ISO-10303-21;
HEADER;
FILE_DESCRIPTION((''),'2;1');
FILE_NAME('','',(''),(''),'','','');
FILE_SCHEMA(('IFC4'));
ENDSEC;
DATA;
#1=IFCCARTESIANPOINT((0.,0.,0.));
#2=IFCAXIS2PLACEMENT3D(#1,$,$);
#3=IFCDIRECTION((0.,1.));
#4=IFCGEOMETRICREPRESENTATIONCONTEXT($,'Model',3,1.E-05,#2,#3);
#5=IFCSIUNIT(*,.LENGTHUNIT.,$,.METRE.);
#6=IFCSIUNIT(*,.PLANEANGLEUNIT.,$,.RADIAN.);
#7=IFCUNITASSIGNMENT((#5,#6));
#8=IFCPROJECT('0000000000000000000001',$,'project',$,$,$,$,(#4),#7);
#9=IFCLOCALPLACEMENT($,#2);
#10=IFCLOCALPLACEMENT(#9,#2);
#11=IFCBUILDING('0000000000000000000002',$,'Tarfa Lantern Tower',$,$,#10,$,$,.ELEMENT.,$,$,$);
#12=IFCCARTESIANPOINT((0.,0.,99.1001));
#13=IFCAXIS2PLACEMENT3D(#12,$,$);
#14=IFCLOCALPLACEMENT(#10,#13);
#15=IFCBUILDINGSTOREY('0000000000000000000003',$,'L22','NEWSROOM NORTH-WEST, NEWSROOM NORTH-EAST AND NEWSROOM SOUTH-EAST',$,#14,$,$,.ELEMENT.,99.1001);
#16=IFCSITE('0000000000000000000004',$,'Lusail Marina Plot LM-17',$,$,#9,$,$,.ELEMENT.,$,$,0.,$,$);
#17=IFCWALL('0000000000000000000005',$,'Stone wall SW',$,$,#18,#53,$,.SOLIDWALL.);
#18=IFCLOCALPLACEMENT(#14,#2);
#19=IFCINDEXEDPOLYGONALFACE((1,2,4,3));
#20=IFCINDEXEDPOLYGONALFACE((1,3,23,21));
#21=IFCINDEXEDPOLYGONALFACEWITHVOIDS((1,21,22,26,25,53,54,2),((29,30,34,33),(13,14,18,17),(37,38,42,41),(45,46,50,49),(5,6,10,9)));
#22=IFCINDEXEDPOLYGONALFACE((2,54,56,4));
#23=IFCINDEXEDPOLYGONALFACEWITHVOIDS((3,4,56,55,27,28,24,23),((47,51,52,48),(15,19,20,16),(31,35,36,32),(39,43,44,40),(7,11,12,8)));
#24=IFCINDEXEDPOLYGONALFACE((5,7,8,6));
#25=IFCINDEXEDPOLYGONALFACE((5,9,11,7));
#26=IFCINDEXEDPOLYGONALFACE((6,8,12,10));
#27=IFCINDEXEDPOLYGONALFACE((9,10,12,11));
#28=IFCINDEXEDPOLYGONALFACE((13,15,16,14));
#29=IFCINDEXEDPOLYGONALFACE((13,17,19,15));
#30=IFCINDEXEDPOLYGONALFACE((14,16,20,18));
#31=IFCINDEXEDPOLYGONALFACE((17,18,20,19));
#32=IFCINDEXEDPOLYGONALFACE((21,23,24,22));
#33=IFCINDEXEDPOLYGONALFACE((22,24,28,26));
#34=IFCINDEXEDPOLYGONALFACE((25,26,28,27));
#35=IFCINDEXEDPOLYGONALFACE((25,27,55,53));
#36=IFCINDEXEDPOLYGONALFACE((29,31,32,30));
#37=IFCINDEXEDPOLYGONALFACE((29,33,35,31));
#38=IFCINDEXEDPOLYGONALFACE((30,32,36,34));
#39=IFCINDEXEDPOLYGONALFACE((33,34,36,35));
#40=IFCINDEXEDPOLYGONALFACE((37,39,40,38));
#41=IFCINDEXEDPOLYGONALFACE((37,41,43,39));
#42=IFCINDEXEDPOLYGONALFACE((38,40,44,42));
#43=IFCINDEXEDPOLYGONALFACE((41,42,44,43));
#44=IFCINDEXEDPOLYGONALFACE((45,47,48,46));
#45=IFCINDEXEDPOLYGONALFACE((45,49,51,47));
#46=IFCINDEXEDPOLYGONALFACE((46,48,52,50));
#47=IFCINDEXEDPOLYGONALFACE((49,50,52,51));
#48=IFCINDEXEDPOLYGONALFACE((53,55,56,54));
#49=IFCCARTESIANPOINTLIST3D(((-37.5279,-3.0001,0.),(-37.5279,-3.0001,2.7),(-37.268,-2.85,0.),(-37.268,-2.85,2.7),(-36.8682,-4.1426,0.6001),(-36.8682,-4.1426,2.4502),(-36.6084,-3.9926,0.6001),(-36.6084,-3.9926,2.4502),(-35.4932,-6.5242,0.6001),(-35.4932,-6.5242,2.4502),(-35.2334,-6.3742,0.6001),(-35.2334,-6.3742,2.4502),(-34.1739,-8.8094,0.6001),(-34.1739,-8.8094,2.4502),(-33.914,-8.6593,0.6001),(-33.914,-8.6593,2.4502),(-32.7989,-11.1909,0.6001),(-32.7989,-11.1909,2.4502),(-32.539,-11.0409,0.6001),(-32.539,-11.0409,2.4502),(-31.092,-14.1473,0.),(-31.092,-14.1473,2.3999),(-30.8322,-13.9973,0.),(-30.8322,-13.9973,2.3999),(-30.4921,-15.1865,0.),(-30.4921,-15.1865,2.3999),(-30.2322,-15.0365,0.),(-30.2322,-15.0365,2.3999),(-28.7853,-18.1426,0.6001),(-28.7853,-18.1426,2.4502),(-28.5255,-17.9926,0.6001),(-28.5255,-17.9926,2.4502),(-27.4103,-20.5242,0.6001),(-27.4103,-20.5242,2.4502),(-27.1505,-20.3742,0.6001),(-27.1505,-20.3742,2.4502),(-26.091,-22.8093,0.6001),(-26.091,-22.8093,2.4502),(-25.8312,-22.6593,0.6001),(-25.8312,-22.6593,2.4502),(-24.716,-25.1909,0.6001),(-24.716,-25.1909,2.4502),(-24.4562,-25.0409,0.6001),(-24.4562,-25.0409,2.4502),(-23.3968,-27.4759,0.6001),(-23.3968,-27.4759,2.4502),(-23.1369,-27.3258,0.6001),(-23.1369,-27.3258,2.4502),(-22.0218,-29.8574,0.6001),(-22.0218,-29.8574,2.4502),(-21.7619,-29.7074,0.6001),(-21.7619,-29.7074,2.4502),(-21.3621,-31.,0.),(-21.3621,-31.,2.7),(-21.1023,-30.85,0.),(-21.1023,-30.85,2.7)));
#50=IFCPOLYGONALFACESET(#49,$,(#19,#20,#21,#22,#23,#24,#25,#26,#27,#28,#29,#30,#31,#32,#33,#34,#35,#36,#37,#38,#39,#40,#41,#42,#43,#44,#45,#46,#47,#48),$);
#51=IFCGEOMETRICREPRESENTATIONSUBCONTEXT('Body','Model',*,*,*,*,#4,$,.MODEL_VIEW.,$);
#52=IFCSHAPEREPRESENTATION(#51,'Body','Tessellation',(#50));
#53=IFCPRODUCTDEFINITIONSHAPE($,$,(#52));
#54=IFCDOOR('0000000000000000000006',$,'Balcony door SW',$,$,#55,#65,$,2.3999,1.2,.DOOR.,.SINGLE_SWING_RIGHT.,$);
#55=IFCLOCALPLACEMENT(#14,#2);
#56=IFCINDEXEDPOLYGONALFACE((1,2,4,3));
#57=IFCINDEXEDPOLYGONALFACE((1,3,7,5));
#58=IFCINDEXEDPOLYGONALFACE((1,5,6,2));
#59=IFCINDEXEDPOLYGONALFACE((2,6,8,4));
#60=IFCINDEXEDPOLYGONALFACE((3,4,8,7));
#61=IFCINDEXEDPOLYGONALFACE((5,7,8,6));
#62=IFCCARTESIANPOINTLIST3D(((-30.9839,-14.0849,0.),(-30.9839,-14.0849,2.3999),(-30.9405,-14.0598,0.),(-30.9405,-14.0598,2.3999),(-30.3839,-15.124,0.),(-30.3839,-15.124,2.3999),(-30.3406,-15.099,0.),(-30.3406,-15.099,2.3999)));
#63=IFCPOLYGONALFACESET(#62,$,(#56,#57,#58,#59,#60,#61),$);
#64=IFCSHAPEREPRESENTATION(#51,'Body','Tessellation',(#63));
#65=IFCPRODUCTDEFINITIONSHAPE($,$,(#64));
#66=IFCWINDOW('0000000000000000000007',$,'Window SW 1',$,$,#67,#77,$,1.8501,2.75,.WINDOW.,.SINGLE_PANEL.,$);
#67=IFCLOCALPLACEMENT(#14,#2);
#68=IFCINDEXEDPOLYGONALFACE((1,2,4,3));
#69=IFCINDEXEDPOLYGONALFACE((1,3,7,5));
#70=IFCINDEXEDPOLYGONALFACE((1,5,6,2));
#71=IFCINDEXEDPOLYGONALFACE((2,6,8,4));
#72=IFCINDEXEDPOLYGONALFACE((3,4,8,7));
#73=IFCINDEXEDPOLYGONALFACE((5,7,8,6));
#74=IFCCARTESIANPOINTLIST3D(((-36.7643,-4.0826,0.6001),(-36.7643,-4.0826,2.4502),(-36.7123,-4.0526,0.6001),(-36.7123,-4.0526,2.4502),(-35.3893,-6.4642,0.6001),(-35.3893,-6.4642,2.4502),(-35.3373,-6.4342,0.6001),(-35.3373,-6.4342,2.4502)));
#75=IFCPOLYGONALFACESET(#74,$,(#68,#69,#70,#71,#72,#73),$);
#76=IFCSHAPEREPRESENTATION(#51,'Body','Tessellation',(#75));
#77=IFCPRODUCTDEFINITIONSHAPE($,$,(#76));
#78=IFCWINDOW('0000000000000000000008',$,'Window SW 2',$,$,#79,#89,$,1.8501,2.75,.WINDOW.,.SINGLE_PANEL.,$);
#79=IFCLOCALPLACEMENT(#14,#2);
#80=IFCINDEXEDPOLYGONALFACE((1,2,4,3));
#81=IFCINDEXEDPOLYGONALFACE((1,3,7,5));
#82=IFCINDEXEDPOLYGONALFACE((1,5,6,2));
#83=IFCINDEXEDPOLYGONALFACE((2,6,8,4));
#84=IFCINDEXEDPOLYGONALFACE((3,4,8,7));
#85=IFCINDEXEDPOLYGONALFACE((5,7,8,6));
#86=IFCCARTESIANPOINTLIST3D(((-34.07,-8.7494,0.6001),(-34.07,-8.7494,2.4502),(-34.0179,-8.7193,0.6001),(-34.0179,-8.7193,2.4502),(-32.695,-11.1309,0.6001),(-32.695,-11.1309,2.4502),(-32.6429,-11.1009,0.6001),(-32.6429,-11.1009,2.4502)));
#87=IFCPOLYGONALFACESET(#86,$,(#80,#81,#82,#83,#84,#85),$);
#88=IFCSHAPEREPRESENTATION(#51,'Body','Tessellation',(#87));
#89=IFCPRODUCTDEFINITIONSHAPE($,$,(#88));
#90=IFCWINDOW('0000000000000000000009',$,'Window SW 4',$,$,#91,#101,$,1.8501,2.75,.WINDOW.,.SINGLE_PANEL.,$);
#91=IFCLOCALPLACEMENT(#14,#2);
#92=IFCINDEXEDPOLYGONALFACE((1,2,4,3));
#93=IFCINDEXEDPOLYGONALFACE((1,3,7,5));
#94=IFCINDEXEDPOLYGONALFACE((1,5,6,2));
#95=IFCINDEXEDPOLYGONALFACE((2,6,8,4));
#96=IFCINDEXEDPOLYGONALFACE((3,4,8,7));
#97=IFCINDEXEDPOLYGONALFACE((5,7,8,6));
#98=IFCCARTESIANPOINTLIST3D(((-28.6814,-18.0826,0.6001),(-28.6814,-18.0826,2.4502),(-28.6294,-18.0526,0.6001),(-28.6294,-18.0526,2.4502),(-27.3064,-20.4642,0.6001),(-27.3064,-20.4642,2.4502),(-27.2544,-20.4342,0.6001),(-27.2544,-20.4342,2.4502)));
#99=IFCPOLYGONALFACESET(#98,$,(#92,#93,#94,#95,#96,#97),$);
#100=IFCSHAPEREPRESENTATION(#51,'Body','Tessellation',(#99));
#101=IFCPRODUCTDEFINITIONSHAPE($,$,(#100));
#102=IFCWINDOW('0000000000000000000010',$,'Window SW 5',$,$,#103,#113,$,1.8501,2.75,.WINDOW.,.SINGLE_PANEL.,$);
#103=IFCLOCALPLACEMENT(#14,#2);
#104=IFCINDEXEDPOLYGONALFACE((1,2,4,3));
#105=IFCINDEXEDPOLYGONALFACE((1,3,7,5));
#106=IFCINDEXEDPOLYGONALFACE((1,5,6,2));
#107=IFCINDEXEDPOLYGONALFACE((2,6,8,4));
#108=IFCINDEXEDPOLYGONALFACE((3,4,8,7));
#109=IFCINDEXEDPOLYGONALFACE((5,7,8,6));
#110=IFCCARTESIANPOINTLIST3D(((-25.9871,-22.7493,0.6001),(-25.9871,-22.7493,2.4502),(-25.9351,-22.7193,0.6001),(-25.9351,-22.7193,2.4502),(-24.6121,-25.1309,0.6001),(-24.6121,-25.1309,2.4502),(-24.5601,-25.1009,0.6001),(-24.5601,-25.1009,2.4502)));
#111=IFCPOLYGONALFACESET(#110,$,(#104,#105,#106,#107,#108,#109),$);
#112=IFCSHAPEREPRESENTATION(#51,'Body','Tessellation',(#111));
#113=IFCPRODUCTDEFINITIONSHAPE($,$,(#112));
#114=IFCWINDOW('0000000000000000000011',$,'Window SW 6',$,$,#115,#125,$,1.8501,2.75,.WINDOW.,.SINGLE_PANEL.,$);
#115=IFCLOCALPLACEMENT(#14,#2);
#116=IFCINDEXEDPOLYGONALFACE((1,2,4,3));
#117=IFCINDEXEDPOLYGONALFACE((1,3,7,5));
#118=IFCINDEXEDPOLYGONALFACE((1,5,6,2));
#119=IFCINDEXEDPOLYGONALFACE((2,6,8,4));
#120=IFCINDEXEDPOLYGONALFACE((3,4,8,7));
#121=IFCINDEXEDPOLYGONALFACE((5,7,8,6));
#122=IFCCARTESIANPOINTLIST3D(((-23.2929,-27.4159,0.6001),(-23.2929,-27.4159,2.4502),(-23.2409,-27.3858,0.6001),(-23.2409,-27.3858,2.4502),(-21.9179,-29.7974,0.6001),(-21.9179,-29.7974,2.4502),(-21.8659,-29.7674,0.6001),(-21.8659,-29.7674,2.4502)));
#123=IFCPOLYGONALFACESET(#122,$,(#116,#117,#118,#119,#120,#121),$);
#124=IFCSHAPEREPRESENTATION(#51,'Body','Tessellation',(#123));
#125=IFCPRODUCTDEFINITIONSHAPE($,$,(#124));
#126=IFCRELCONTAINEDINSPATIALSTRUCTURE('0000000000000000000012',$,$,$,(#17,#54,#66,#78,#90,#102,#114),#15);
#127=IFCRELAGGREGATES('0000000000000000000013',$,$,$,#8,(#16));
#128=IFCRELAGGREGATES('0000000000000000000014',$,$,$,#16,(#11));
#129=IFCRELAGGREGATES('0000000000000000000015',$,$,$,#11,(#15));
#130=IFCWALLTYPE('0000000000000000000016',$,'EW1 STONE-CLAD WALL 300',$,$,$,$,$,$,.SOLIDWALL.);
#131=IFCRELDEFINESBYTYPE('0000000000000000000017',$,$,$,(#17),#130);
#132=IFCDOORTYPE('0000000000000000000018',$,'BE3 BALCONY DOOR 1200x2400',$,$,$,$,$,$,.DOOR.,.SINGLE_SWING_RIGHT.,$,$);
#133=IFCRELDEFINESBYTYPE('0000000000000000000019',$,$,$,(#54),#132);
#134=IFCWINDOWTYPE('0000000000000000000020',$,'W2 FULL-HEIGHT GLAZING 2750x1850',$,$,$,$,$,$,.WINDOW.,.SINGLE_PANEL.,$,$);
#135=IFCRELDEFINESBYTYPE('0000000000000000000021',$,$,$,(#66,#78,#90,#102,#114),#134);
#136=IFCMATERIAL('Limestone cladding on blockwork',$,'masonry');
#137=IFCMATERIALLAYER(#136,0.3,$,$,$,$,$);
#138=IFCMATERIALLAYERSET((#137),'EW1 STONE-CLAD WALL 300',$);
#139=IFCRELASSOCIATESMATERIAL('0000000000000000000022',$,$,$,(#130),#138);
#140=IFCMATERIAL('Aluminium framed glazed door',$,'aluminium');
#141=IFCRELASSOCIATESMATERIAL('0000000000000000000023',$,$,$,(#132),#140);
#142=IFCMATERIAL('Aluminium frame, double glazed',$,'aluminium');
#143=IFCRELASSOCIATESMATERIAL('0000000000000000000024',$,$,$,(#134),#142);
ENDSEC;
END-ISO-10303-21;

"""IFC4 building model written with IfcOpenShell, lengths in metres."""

from ifc_helpers import new_model, si_unit, direction, frame, frame_2d, origin, place, context, subcontext, project, spatial, rectangle, extrude, material, layer, layer_set, type_object, element, fill, save


model = new_model("IFC4")

# Units and contexts
model_context = context("Model", 3, precision=1e-05, world=origin(), true_north=direction((0.0, 1.0)))
body_context = subcontext(model_context, "Body", "Model", "MODEL_VIEW")
ifc_project = project(units=[si_unit("LENGTHUNIT", "METRE"), si_unit("PLANEANGLEUNIT", "RADIAN")], contexts=[model_context])

# Site, building, storey
site_placement = place(None, origin())
site = spatial("IfcSite", under=ifc_project, at=site_placement, Name="Lusail Marina Plot LM-17", CompositionType="ELEMENT", RefElevation=0.0)
building_placement = place(site_placement, origin())
building = spatial("IfcBuilding", under=site, at=building_placement, Name="Tarfa Lantern Tower", CompositionType="ELEMENT")
storey_placement = place(building_placement, frame((0.0, 0.0, 99.1001)))
storey = spatial("IfcBuildingStorey", under=building, at=storey_placement, Name="L22", Description="NEWSROOM NORTH-WEST, NEWSROOM NORTH-EAST AND NEWSROOM SOUTH-EAST", CompositionType="ELEMENT", Elevation=99.1001)

# Wall, openings, door, windows
ifc_material_1 = material(Name="Limestone cladding on blockwork", Category="masonry")
ifc_layer_1 = layer(ifc_material_1, 0.3)
ifc_layer_set_1 = layer_set([ifc_layer_1], Name="EW1 STONE-CLAD WALL 300")
wall_type = type_object("IfcWallType", Name="EW1 STONE-CLAD WALL 300", PredefinedType="SOLIDWALL", material=ifc_layer_set_1)
wall_placement = place(storey_placement, frame((-37.3979, -2.925, 0.0), z_axis=(0.0, 0.0, 1.0), x_axis=(0.499999, -0.866026, 0.0)))
wall = element("IfcWall", 1, at=wall_placement, inside=storey, type_object=wall_type, Name="Stone wall SW", PredefinedType="SOLIDWALL", context=body_context, shape_type="SweptSolid", body=[
    extrude(rectangle(XDim=32.3315, YDim=0.3, at=frame_2d((16.1658, 0.0))), origin(), (0.0, 0.0, 1.0), 2.7),
])
opening_1_placement = place(wall_placement, frame((1.3193, 0.0, 0.6001)))
opening_1 = element("IfcOpeningElement", 2, at=opening_1_placement, cuts=wall, PredefinedType="OPENING", context=body_context, shape_type="SweptSolid", body=[
    extrude(rectangle(XDim=2.75, YDim=1.8501, at=frame_2d((1.375, 0.925))), frame((0.0, 0.1599, 0.0), z_axis=(0.0, -1.0, 0.0), x_axis=(1.0, 0.0, 0.0)), (0.0, 0.0, 1.0), 0.3201),
])
opening_2_placement = place(wall_placement, frame((6.708, 0.0, 0.6001)))
opening_2 = element("IfcOpeningElement", 3, at=opening_2_placement, cuts=wall, PredefinedType="OPENING", context=body_context, shape_type="SweptSolid", body=[
    extrude(rectangle(XDim=2.75, YDim=1.8501, at=frame_2d((1.375, 0.925))), frame((0.0, 0.1599, 0.0), z_axis=(0.0, -1.0, 0.0), x_axis=(1.0, 0.0, 0.0)), (0.0, 0.0, 1.0), 0.3201),
])
opening_3_placement = place(wall_placement, frame((12.8716, 0.0, 0.0)))
opening_3 = element("IfcOpeningElement", 4, at=opening_3_placement, cuts=wall, PredefinedType="OPENING", context=body_context, shape_type="SweptSolid", body=[
    extrude(rectangle(XDim=1.2, YDim=2.3999, at=frame_2d((0.6001, 1.2))), frame((0.0, 0.1599, 0.0), z_axis=(0.0, -1.0, 0.0), x_axis=(1.0, 0.0, 0.0)), (0.0, 0.0, 1.0), 0.3201),
])
opening_4_placement = place(wall_placement, frame((17.4851, 0.0, 0.6001)))
opening_4 = element("IfcOpeningElement", 5, at=opening_4_placement, cuts=wall, PredefinedType="OPENING", context=body_context, shape_type="SweptSolid", body=[
    extrude(rectangle(XDim=2.75, YDim=1.8501, at=frame_2d((1.375, 0.925))), frame((0.0, 0.1599, 0.0), z_axis=(0.0, -1.0, 0.0), x_axis=(1.0, 0.0, 0.0)), (0.0, 0.0, 1.0), 0.3201),
])
opening_5_placement = place(wall_placement, frame((22.8738, 0.0, 0.6001)))
opening_5 = element("IfcOpeningElement", 6, at=opening_5_placement, cuts=wall, PredefinedType="OPENING", context=body_context, shape_type="SweptSolid", body=[
    extrude(rectangle(XDim=2.75, YDim=1.8501, at=frame_2d((1.375, 0.925))), frame((0.0, 0.1599, 0.0), z_axis=(0.0, -1.0, 0.0), x_axis=(1.0, 0.0, 0.0)), (0.0, 0.0, 1.0), 0.3201),
])
opening_6_placement = place(wall_placement, frame((28.2622, 0.0, 0.6001)))
opening_6 = element("IfcOpeningElement", 7, at=opening_6_placement, cuts=wall, PredefinedType="OPENING", context=body_context, shape_type="SweptSolid", body=[
    extrude(rectangle(XDim=2.75, YDim=1.8501, at=frame_2d((1.375, 0.925))), frame((0.0, 0.1599, 0.0), z_axis=(0.0, -1.0, 0.0), x_axis=(1.0, 0.0, 0.0)), (0.0, 0.0, 1.0), 0.3201),
])
ifc_material_2 = material(Name="Aluminium framed glazed door", Category="aluminium")
door_type = type_object("IfcDoorType", Name="BE3 BALCONY DOOR 1200x2400", OperationType="SINGLE_SWING_RIGHT", PredefinedType="DOOR", material=ifc_material_2)
door_placement = place(opening_3_placement, origin())
door = element("IfcDoor", 8, at=door_placement, inside=storey, type_object=door_type, Name="Balcony door SW", OperationType="SINGLE_SWING_RIGHT", OverallHeight=2.3999, OverallWidth=1.2, PredefinedType="DOOR", context=body_context, shape_type="SweptSolid", body=[
    extrude(rectangle(XDim=1.2, YDim=2.3999, at=frame_2d((0.6001, 1.2))), frame((0.0, 0.0249, 0.0), z_axis=(0.0, -1.0, 0.0), x_axis=(1.0, 0.0, 0.0)), (0.0, 0.0, 1.0), 0.05),
])
fill(opening_3, door)
ifc_material_3 = material(Name="Aluminium frame, double glazed", Category="aluminium")
window_type = type_object("IfcWindowType", Name="W2 FULL-HEIGHT GLAZING 2750x1850", PartitioningType="SINGLE_PANEL", PredefinedType="WINDOW", material=ifc_material_3)
window_1_placement = place(opening_1_placement, origin())
window_1 = element("IfcWindow", 9, at=window_1_placement, inside=storey, type_object=window_type, Name="Window SW 1", OverallHeight=1.8501, OverallWidth=2.75, PartitioningType="SINGLE_PANEL", PredefinedType="WINDOW", context=body_context, shape_type="SweptSolid", body=[
    extrude(rectangle(XDim=2.75, YDim=1.8501, at=frame_2d((1.375, 0.925))), frame((0.0, 0.03, 0.0), z_axis=(0.0, -1.0, 0.0), x_axis=(1.0, 0.0, 0.0)), (0.0, 0.0, 1.0), 0.0601),
])
fill(opening_1, window_1)
window_2_placement = place(opening_2_placement, origin())
window_2 = element("IfcWindow", 10, at=window_2_placement, inside=storey, type_object=window_type, Name="Window SW 2", OverallHeight=1.8501, OverallWidth=2.75, PartitioningType="SINGLE_PANEL", PredefinedType="WINDOW", context=body_context, shape_type="SweptSolid", body=[
    extrude(rectangle(XDim=2.75, YDim=1.8501, at=frame_2d((1.375, 0.925))), frame((0.0, 0.03, 0.0), z_axis=(0.0, -1.0, 0.0), x_axis=(1.0, 0.0, 0.0)), (0.0, 0.0, 1.0), 0.0601),
])
fill(opening_2, window_2)
window_3_placement = place(opening_4_placement, origin())
window_3 = element("IfcWindow", 11, at=window_3_placement, inside=storey, type_object=window_type, Name="Window SW 4", OverallHeight=1.8501, OverallWidth=2.75, PartitioningType="SINGLE_PANEL", PredefinedType="WINDOW", context=body_context, shape_type="SweptSolid", body=[
    extrude(rectangle(XDim=2.75, YDim=1.8501, at=frame_2d((1.375, 0.925))), frame((0.0, 0.03, 0.0), z_axis=(0.0, -1.0, 0.0), x_axis=(1.0, 0.0, 0.0)), (0.0, 0.0, 1.0), 0.0601),
])
fill(opening_4, window_3)
window_4_placement = place(opening_5_placement, origin())
window_4 = element("IfcWindow", 12, at=window_4_placement, inside=storey, type_object=window_type, Name="Window SW 5", OverallHeight=1.8501, OverallWidth=2.75, PartitioningType="SINGLE_PANEL", PredefinedType="WINDOW", context=body_context, shape_type="SweptSolid", body=[
    extrude(rectangle(XDim=2.75, YDim=1.8501, at=frame_2d((1.375, 0.925))), frame((0.0, 0.03, 0.0), z_axis=(0.0, -1.0, 0.0), x_axis=(1.0, 0.0, 0.0)), (0.0, 0.0, 1.0), 0.0601),
])
fill(opening_5, window_4)
window_5_placement = place(opening_6_placement, origin())
window_5 = element("IfcWindow", 13, at=window_5_placement, inside=storey, type_object=window_type, Name="Window SW 6", OverallHeight=1.8501, OverallWidth=2.75, PartitioningType="SINGLE_PANEL", PredefinedType="WINDOW", context=body_context, shape_type="SweptSolid", body=[
    extrude(rectangle(XDim=2.75, YDim=1.8501, at=frame_2d((1.375, 0.925))), frame((0.0, 0.03, 0.0), z_axis=(0.0, -1.0, 0.0), x_axis=(1.0, 0.0, 0.0)), (0.0, 0.0, 1.0), 0.0601),
])
fill(opening_6, window_5)

save(model, "model.ifc")
